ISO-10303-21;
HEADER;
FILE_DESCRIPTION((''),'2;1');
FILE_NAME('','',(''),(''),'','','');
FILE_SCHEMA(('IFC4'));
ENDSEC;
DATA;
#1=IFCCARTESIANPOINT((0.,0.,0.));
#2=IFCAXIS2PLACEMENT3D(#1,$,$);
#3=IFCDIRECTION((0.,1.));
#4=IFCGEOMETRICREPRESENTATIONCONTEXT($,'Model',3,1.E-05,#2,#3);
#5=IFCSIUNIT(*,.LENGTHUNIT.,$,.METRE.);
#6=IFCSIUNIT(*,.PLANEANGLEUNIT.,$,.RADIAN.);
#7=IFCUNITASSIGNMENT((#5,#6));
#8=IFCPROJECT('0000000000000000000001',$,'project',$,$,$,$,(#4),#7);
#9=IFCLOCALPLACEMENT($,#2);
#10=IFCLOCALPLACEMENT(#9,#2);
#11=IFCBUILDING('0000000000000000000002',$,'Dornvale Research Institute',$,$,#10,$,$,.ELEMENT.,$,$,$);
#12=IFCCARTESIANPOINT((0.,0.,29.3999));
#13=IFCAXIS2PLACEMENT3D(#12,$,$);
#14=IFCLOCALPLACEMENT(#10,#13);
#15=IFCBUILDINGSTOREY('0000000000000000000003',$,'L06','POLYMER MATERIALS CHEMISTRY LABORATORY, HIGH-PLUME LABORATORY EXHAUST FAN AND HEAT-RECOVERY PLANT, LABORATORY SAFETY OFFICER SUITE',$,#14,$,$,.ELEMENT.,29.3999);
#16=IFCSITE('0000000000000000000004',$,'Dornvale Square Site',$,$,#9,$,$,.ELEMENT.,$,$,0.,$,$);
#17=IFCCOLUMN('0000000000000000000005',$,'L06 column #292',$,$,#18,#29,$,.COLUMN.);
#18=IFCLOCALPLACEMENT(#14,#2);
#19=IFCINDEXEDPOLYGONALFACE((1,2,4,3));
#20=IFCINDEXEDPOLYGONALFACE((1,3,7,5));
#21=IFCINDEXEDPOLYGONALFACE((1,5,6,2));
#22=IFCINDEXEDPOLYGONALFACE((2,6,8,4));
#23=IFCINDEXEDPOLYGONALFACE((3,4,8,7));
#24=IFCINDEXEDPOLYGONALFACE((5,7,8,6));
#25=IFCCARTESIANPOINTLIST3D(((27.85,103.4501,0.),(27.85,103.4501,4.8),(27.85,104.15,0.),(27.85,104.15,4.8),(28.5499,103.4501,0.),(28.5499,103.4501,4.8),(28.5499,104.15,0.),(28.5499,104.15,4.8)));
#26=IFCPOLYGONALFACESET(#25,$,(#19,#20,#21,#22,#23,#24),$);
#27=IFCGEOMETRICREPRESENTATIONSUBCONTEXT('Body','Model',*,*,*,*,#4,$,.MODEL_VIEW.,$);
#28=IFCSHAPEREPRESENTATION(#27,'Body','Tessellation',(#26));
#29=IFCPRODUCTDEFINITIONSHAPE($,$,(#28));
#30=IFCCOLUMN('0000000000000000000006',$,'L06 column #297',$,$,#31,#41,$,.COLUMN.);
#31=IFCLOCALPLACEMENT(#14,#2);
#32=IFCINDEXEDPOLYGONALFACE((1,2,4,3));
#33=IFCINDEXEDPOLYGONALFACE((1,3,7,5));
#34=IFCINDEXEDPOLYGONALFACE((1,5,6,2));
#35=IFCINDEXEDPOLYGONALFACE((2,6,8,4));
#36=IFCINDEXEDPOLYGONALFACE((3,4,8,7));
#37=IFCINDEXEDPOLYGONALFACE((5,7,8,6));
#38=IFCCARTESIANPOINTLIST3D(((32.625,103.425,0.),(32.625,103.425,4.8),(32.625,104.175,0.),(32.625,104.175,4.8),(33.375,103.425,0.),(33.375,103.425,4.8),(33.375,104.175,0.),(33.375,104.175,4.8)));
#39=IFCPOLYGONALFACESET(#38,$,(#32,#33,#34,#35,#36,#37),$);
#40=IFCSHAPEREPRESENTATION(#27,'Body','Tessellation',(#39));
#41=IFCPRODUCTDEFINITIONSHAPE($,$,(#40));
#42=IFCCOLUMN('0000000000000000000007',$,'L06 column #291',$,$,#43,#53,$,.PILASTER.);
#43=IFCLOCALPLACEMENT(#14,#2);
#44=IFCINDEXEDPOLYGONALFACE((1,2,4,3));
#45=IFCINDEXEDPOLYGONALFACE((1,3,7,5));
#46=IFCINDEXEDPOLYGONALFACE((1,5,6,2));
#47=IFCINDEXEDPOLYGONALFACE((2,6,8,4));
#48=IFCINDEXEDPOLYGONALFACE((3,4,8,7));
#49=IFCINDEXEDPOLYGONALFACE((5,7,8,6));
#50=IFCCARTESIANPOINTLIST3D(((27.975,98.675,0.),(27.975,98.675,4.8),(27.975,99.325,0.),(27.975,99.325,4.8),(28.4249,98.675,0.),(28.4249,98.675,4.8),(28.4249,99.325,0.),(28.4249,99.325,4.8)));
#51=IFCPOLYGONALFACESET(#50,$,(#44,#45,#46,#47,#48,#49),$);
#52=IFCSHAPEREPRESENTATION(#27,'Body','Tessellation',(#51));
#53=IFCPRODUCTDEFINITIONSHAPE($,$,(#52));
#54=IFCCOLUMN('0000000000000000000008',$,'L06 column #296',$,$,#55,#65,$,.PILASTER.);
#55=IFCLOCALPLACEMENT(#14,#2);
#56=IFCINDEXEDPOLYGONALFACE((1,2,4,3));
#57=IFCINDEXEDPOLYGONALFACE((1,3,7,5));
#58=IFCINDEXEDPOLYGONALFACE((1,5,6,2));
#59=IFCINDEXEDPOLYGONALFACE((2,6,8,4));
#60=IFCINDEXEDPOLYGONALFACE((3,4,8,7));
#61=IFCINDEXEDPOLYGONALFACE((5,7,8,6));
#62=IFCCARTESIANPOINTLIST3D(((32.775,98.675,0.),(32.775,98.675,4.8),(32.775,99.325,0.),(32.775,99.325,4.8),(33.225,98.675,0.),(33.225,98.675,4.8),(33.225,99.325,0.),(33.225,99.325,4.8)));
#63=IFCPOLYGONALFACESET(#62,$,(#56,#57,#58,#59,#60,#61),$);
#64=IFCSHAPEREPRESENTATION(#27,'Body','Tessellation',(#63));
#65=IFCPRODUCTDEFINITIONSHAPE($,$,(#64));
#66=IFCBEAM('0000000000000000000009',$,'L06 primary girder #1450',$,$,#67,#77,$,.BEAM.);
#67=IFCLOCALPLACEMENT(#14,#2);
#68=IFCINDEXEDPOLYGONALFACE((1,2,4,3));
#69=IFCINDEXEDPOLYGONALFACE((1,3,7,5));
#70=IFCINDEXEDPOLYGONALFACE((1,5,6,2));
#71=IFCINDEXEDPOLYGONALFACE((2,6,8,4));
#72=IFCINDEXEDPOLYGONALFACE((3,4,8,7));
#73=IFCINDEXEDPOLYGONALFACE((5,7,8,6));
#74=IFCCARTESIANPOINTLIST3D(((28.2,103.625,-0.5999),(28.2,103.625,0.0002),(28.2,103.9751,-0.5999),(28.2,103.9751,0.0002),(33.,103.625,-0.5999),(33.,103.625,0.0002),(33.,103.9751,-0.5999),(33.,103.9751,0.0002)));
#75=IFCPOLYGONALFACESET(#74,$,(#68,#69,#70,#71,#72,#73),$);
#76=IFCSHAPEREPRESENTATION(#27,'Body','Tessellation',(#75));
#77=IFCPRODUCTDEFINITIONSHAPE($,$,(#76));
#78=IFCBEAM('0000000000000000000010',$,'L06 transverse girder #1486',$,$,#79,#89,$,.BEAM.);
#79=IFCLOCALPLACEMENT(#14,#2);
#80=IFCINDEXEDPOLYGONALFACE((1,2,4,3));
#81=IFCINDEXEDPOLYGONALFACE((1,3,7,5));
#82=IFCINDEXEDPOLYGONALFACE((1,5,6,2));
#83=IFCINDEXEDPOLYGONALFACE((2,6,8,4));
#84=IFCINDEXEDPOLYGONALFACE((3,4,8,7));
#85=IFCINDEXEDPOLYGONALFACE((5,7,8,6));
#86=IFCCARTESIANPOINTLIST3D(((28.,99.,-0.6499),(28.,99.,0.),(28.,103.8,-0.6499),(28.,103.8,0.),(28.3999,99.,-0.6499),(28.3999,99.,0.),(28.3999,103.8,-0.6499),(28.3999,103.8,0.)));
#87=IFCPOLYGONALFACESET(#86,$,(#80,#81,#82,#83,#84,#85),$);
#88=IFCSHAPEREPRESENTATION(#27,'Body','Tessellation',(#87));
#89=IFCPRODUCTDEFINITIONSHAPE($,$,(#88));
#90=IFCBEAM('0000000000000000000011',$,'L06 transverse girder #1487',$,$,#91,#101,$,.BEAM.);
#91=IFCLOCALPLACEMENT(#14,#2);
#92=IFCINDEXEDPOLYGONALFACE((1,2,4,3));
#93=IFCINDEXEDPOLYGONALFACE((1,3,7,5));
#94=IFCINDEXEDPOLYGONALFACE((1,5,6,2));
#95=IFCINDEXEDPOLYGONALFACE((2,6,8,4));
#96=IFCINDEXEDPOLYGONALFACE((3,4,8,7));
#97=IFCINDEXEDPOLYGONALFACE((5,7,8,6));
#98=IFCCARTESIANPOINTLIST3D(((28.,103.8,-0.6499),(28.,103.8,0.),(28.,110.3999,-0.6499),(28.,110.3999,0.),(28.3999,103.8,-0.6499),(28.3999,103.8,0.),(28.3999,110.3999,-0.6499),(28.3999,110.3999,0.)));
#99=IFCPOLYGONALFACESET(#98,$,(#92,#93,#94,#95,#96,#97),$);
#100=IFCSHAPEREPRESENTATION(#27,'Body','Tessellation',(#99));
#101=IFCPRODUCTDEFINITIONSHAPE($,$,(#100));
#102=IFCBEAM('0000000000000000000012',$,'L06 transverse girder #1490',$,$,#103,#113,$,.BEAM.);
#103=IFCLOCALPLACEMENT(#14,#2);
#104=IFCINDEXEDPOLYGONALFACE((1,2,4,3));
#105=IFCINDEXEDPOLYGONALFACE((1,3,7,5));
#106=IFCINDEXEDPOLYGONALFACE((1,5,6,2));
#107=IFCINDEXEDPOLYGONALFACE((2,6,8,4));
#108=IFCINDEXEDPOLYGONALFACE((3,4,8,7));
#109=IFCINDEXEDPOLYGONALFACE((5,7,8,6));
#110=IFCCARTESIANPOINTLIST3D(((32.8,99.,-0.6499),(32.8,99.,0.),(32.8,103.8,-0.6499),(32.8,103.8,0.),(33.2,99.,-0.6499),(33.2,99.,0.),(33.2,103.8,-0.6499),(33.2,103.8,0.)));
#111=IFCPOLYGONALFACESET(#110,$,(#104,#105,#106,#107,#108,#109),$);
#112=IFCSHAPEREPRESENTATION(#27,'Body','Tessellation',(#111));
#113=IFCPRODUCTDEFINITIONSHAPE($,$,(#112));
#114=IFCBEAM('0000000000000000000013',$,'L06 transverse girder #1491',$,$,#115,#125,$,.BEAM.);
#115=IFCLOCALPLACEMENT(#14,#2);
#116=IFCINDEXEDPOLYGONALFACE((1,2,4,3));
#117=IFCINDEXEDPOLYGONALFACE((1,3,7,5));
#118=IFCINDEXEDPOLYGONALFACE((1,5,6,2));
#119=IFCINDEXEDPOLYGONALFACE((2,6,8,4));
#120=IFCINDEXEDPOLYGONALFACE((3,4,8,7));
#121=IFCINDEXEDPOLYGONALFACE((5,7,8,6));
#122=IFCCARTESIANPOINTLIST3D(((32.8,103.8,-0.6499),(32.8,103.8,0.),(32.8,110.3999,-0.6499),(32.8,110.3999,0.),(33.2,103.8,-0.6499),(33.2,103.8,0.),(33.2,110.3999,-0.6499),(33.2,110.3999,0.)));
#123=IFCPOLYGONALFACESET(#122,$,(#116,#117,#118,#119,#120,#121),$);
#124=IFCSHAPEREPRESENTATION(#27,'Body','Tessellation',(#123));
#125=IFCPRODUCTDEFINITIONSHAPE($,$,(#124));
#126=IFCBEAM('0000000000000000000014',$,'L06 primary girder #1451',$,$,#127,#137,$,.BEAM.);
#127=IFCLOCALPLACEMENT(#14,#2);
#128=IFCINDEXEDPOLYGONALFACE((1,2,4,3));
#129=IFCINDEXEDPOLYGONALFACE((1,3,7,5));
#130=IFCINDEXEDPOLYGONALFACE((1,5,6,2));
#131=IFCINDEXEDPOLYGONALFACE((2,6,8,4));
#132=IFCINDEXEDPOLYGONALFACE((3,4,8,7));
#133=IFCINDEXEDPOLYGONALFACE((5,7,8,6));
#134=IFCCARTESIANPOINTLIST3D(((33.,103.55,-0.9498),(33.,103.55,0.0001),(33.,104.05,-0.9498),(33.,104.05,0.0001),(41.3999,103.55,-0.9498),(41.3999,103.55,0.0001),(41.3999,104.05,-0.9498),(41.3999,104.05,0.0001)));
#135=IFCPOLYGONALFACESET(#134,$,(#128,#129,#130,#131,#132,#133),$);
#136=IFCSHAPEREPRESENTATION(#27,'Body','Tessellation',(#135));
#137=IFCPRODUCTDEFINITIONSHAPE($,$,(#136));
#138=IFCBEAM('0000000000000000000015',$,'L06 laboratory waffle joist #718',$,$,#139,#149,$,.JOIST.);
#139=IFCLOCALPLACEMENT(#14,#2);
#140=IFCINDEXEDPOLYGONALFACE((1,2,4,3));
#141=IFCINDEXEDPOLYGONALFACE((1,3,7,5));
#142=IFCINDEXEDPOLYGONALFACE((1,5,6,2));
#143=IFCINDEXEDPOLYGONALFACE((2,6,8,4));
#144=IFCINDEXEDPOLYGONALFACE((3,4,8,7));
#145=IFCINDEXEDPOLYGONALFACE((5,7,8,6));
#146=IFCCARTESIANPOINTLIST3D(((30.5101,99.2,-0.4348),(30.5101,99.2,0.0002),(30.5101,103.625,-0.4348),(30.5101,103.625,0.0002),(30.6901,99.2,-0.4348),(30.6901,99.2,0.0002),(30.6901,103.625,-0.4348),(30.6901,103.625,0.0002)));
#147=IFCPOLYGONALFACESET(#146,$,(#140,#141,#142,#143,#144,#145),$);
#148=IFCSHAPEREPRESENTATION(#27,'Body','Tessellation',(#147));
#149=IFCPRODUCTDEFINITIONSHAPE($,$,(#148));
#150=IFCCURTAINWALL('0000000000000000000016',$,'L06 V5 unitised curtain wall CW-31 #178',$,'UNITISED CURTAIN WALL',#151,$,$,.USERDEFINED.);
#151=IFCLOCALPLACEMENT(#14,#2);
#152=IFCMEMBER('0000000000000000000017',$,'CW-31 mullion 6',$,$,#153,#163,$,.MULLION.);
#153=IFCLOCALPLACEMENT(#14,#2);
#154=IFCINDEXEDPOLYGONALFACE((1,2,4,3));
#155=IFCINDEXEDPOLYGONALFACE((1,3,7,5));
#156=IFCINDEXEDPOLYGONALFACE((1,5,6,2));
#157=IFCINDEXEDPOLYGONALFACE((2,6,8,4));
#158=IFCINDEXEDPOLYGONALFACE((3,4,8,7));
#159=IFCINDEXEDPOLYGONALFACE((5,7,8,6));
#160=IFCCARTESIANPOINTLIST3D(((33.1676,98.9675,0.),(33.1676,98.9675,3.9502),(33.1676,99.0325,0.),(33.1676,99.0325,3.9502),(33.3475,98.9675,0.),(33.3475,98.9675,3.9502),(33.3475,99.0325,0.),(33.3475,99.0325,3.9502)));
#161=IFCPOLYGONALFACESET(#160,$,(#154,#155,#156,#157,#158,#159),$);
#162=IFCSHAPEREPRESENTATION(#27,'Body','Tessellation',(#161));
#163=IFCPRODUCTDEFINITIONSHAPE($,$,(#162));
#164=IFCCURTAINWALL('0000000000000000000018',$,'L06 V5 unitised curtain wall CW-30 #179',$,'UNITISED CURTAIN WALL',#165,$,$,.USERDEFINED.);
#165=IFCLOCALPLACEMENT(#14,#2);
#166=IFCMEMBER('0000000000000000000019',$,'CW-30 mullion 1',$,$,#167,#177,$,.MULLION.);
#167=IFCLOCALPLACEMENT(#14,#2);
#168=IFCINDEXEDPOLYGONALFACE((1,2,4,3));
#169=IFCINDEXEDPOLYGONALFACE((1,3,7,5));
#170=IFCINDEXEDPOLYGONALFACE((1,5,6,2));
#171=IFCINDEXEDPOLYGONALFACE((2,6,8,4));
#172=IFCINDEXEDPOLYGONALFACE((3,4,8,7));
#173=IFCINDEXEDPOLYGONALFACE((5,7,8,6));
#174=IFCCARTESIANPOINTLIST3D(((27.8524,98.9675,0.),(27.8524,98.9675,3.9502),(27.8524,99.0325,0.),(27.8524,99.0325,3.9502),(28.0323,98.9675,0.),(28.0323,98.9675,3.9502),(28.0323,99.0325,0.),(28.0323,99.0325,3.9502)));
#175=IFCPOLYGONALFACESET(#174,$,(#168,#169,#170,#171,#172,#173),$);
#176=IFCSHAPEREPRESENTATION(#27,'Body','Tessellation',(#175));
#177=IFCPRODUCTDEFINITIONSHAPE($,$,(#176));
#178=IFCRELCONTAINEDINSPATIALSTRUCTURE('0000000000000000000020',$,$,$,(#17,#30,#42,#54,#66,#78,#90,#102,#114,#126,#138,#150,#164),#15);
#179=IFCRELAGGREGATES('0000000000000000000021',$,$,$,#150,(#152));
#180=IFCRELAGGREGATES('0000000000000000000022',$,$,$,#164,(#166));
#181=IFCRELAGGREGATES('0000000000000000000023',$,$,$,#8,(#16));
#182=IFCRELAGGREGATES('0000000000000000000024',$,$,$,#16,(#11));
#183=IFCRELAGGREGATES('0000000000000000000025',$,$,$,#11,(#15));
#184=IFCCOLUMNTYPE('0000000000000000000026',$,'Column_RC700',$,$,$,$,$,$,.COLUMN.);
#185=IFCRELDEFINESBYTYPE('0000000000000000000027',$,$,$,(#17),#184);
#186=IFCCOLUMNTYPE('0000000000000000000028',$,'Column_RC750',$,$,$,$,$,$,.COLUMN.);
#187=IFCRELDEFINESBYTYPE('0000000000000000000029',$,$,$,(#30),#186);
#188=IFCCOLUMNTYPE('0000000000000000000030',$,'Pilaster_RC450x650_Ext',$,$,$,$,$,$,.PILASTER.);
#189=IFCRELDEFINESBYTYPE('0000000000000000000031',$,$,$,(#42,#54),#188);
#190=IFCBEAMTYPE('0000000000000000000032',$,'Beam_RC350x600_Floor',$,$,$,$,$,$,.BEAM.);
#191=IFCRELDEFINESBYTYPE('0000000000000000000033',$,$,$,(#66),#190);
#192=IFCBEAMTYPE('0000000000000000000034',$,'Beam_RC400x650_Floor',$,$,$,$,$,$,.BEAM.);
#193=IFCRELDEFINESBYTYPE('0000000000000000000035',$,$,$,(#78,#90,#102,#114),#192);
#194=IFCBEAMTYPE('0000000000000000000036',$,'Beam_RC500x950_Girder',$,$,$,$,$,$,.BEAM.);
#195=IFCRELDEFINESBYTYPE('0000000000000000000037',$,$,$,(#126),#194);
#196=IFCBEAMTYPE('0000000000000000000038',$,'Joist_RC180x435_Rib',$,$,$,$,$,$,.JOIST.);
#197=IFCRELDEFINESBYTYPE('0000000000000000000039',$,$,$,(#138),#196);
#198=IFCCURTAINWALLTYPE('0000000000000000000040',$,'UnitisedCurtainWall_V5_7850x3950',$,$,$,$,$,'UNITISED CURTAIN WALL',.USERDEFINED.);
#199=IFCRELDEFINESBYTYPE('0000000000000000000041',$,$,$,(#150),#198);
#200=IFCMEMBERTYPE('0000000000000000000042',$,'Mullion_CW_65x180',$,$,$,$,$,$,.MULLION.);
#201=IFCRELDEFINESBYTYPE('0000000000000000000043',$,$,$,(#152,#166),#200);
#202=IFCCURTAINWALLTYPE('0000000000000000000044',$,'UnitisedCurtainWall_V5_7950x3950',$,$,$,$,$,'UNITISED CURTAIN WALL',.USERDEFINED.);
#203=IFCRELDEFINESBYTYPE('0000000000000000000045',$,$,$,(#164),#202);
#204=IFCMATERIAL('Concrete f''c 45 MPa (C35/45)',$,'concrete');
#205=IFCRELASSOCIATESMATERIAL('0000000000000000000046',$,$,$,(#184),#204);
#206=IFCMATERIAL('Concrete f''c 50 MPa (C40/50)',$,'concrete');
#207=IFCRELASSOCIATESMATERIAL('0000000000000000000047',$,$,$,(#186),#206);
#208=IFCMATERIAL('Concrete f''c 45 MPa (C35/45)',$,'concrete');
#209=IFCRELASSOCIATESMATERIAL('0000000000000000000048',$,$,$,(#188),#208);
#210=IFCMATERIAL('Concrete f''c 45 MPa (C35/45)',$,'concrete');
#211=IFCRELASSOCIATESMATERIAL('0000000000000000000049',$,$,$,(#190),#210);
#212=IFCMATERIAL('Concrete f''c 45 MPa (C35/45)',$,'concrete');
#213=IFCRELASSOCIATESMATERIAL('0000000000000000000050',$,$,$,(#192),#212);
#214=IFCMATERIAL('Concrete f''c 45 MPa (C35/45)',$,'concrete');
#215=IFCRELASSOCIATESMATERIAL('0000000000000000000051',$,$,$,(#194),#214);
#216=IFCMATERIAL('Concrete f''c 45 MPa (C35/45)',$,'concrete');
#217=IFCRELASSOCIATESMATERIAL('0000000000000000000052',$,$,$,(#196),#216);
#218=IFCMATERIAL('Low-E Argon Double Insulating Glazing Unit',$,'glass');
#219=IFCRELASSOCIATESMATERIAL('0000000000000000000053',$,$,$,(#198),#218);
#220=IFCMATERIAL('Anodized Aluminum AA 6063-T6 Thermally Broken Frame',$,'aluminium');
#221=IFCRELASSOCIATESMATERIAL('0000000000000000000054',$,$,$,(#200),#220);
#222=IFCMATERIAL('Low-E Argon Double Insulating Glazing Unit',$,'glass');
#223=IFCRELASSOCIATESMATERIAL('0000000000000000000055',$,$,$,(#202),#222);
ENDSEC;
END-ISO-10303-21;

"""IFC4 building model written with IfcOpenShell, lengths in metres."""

from ifc_helpers import new_model, si_unit, direction, frame, origin, origin_2d, place, context, subcontext, project, spatial, rectangle, extrude, material, material_profile, profile_set, type_object, element, aggregate, save


model = new_model("IFC4")

# Units and contexts
model_context = context("Model", 3, precision=1e-05, world=origin(), true_north=direction((0.0, 1.0)))
body_context = subcontext(model_context, "Body", "Model", "MODEL_VIEW")
ifc_project = project(units=[si_unit("LENGTHUNIT", "METRE"), si_unit("PLANEANGLEUNIT", "RADIAN")], contexts=[model_context])

# Site, building, storey
site_placement = place(None, origin())
site = spatial("IfcSite", under=ifc_project, at=site_placement, Name="Dornvale Square Site", CompositionType="ELEMENT", RefElevation=0.0)
building_placement = place(site_placement, origin())
building = spatial("IfcBuilding", under=site, at=building_placement, Name="Dornvale Research Institute", CompositionType="ELEMENT")
storey_placement = place(building_placement, frame((0.0, 0.0, 29.3999)))
storey = spatial("IfcBuildingStorey", under=building, at=storey_placement, Name="L06", Description="POLYMER MATERIALS CHEMISTRY LABORATORY, HIGH-PLUME LABORATORY EXHAUST FAN AND HEAT-RECOVERY PLANT, LABORATORY SAFETY OFFICER SUITE", CompositionType="ELEMENT", Elevation=29.3999)

# Columns
ifc_material_1 = material(Name="Concrete f'c 45 MPa (C35/45)", Category="concrete")
ifc_material_profile_1 = material_profile(ifc_material_1, rectangle(XDim=0.7, YDim=0.7, at=origin_2d()), Name="RC 700x700")
ifc_profile_set_1 = profile_set([ifc_material_profile_1], Name="Concrete f'c 45 MPa (C35/45)")
column_type_1 = type_object("IfcColumnType", Name="Column_RC700", PredefinedType="COLUMN", material=ifc_profile_set_1)
column_1_placement = place(storey_placement, frame((28.2, 103.8, 0.0), z_axis=(0.0, 0.0, 1.0), x_axis=(1.0, 0.0, 0.0)))
element("IfcColumn", 1, at=column_1_placement, inside=storey, type_object=column_type_1, Name="L06 column #292", PredefinedType="COLUMN", context=body_context, shape_type="SweptSolid", body=[
    extrude(rectangle(XDim=0.7, YDim=0.7, at=origin_2d()), origin(), (0.0, 0.0, 1.0), 4.8),
])
ifc_material_2 = material(Name="Concrete f'c 50 MPa (C40/50)", Category="concrete")
ifc_material_profile_2 = material_profile(ifc_material_2, rectangle(XDim=0.75, YDim=0.75, at=origin_2d()), Name="RC 750x750")
ifc_profile_set_2 = profile_set([ifc_material_profile_2], Name="Concrete f'c 50 MPa (C40/50)")
column_type_2 = type_object("IfcColumnType", Name="Column_RC750", PredefinedType="COLUMN", material=ifc_profile_set_2)
column_2_placement = place(storey_placement, frame((33.0, 103.8, 0.0), z_axis=(0.0, 0.0, 1.0), x_axis=(1.0, 0.0, 0.0)))
element("IfcColumn", 2, at=column_2_placement, inside=storey, type_object=column_type_2, Name="L06 column #297", PredefinedType="COLUMN", context=body_context, shape_type="SweptSolid", body=[
    extrude(rectangle(XDim=0.75, YDim=0.75, at=origin_2d()), origin(), (0.0, 0.0, 1.0), 4.8),
])
ifc_material_3 = material(Name="Concrete f'c 45 MPa (C35/45)", Category="concrete")
ifc_material_profile_3 = material_profile(ifc_material_3, rectangle(XDim=0.45, YDim=0.6499, at=origin_2d()), Name="RC 450x650")
ifc_profile_set_3 = profile_set([ifc_material_profile_3], Name="Concrete f'c 45 MPa (C35/45)")
column_type_3 = type_object("IfcColumnType", Name="Pilaster_RC450x650_Ext", PredefinedType="PILASTER", material=ifc_profile_set_3)
for number, where, z_axis, x_axis, name in (
    (3, (28.2, 99.0, 0.0), (0.0, 0.0, 1.0), (1.0, 0.0, 0.0), "L06 column #291"),
    (4, (33.0, 99.0, 0.0), (0.0, 0.0, 1.0), (1.0, 0.0, 0.0), "L06 column #296"),
):
    element("IfcColumn", number, at=place(storey_placement, frame(where, z_axis=z_axis, x_axis=x_axis)), inside=storey, type_object=column_type_3, Name=name, PredefinedType="PILASTER", context=body_context, shape_type="SweptSolid", body=[
        extrude(rectangle(XDim=0.45, YDim=0.6499, at=origin_2d()), origin(), (0.0, 0.0, 1.0), 4.8),
    ])

# Beams
ifc_material_4 = material(Name="Concrete f'c 45 MPa (C35/45)", Category="concrete")
ifc_material_profile_4 = material_profile(ifc_material_4, rectangle(XDim=0.3501, YDim=0.6001, at=origin_2d()), Name="RC 350x600")
ifc_profile_set_4 = profile_set([ifc_material_profile_4], Name="Concrete f'c 45 MPa (C35/45)")
beam_type_1 = type_object("IfcBeamType", Name="Beam_RC350x600_Floor", PredefinedType="BEAM", material=ifc_profile_set_4)
beam_1_placement = place(storey_placement, frame((28.2, 103.8, -0.2998), z_axis=(1.0, 0.0, 0.0), x_axis=(0.0, 1.0, 0.0)))
element("IfcBeam", 5, at=beam_1_placement, inside=storey, type_object=beam_type_1, Name="L06 primary girder #1450", PredefinedType="BEAM", context=body_context, shape_type="SweptSolid", body=[
    extrude(rectangle(XDim=0.3501, YDim=0.6001, at=origin_2d()), origin(), (0.0, 0.0, 1.0), 4.8),
])
ifc_material_5 = material(Name="Concrete f'c 45 MPa (C35/45)", Category="concrete")
ifc_material_profile_5 = material_profile(ifc_material_5, rectangle(XDim=0.3999, YDim=0.6499, at=origin_2d()), Name="RC 400x650")
ifc_profile_set_5 = profile_set([ifc_material_profile_5], Name="Concrete f'c 45 MPa (C35/45)")
beam_type_2 = type_object("IfcBeamType", Name="Beam_RC400x650_Floor", PredefinedType="BEAM", material=ifc_profile_set_5)
beam_2_placement = place(storey_placement, frame((28.2, 99.0, -0.325), z_axis=(0.0, 1.0, 0.0), x_axis=(-1.0, 0.0, 0.0)))
element("IfcBeam", 6, at=beam_2_placement, inside=storey, type_object=beam_type_2, Name="L06 transverse girder #1486", PredefinedType="BEAM", context=body_context, shape_type="SweptSolid", body=[
    extrude(rectangle(XDim=0.3999, YDim=0.6499, at=origin_2d()), origin(), (0.0, 0.0, 1.0), 4.8),
])
beam_3_placement = place(storey_placement, frame((28.2, 103.8, -0.325), z_axis=(0.0, 1.0, 0.0), x_axis=(-1.0, 0.0, 0.0)))
element("IfcBeam", 7, at=beam_3_placement, inside=storey, type_object=beam_type_2, Name="L06 transverse girder #1487", PredefinedType="BEAM", context=body_context, shape_type="SweptSolid", body=[
    extrude(rectangle(XDim=0.3999, YDim=0.6499, at=origin_2d()), origin(), (0.0, 0.0, 1.0), 6.5999),
])
beam_4_placement = place(storey_placement, frame((33.0, 99.0, -0.325), z_axis=(0.0, 1.0, 0.0), x_axis=(-1.0, 0.0, 0.0)))
element("IfcBeam", 8, at=beam_4_placement, inside=storey, type_object=beam_type_2, Name="L06 transverse girder #1490", PredefinedType="BEAM", context=body_context, shape_type="SweptSolid", body=[
    extrude(rectangle(XDim=0.3999, YDim=0.6499, at=origin_2d()), origin(), (0.0, 0.0, 1.0), 4.8),
])
beam_5_placement = place(storey_placement, frame((33.0, 103.8, -0.325), z_axis=(0.0, 1.0, 0.0), x_axis=(-1.0, 0.0, 0.0)))
element("IfcBeam", 9, at=beam_5_placement, inside=storey, type_object=beam_type_2, Name="L06 transverse girder #1491", PredefinedType="BEAM", context=body_context, shape_type="SweptSolid", body=[
    extrude(rectangle(XDim=0.3999, YDim=0.6499, at=origin_2d()), origin(), (0.0, 0.0, 1.0), 6.5999),
])
ifc_material_6 = material(Name="Concrete f'c 45 MPa (C35/45)", Category="concrete")
ifc_material_profile_6 = material_profile(ifc_material_6, rectangle(XDim=0.5, YDim=0.95, at=origin_2d()), Name="RC 500x950")
ifc_profile_set_6 = profile_set([ifc_material_profile_6], Name="Concrete f'c 45 MPa (C35/45)")
beam_type_3 = type_object("IfcBeamType", Name="Beam_RC500x950_Girder", PredefinedType="BEAM", material=ifc_profile_set_6)
beam_6_placement = place(storey_placement, frame((33.0, 103.8, -0.4749), z_axis=(1.0, 0.0, 0.0), x_axis=(0.0, 1.0, 0.0)))
element("IfcBeam", 10, at=beam_6_placement, inside=storey, type_object=beam_type_3, Name="L06 primary girder #1451", PredefinedType="BEAM", context=body_context, shape_type="SweptSolid", body=[
    extrude(rectangle(XDim=0.5, YDim=0.95, at=origin_2d()), origin(), (0.0, 0.0, 1.0), 8.3999),
])
ifc_material_7 = material(Name="Concrete f'c 45 MPa (C35/45)", Category="concrete")
ifc_material_profile_7 = material_profile(ifc_material_7, rectangle(XDim=0.1799, YDim=0.4351, at=origin_2d()), Name="RC 180x435")
ifc_profile_set_7 = profile_set([ifc_material_profile_7], Name="Concrete f'c 45 MPa (C35/45)")
beam_type_4 = type_object("IfcBeamType", Name="Joist_RC180x435_Rib", PredefinedType="JOIST", material=ifc_profile_set_7)
beam_7_placement = place(storey_placement, frame((30.6001, 99.2, -0.2173), z_axis=(0.0, 1.0, 0.0), x_axis=(-1.0, 0.0, 0.0)))
element("IfcBeam", 11, at=beam_7_placement, inside=storey, type_object=beam_type_4, Name="L06 laboratory waffle joist #718", PredefinedType="JOIST", context=body_context, shape_type="SweptSolid", body=[
    extrude(rectangle(XDim=0.1799, YDim=0.4351, at=origin_2d()), origin(), (0.0, 0.0, 1.0), 4.425),
])

# Curtain walls, members
ifc_material_8 = material(Name="Low-E Argon Double Insulating Glazing Unit", Category="glass")
curtain_wall_type_1 = type_object("IfcCurtainWallType", Name="UnitisedCurtainWall_V5_7850x3950", ElementType="UNITISED CURTAIN WALL", PredefinedType="USERDEFINED", material=ifc_material_8)
curtain_wall_1_placement = place(storey_placement, origin())
curtain_wall_1 = element("IfcCurtainWall", 12, at=curtain_wall_1_placement, inside=storey, type_object=curtain_wall_type_1, Name="L06 V5 unitised curtain wall CW-31 #178", ObjectType="UNITISED CURTAIN WALL", PredefinedType="USERDEFINED")
ifc_material_9 = material(Name="Anodized Aluminum AA 6063-T6 Thermally Broken Frame", Category="aluminium")
ifc_material_profile_8 = material_profile(ifc_material_9, rectangle(XDim=0.0649, YDim=0.1799, at=origin_2d()), Name="ALU MULLION 65x180")
ifc_profile_set_8 = profile_set([ifc_material_profile_8], Name="Anodized Aluminum AA 6063-T6 Thermally Broken Frame")
member_type_1 = type_object("IfcMemberType", Name="Mullion_CW_65x180", PredefinedType="MULLION", material=ifc_profile_set_8)
member_1_placement = place(storey_placement, frame((33.2576, 99.0, 0.0), z_axis=(0.0, 0.0, 1.0), x_axis=(0.0, -1.0, 0.0)))
member_1 = element("IfcMember", 13, at=member_1_placement, type_object=member_type_1, Name="CW-31 mullion 6", PredefinedType="MULLION", context=body_context, shape_type="SweptSolid", body=[
    extrude(rectangle(XDim=0.0649, YDim=0.1799, at=origin_2d()), origin(), (0.0, 0.0, 1.0), 3.9502),
])
aggregate(curtain_wall_1, [member_1])
ifc_material_10 = material(Name="Low-E Argon Double Insulating Glazing Unit", Category="glass")
curtain_wall_type_2 = type_object("IfcCurtainWallType", Name="UnitisedCurtainWall_V5_7950x3950", ElementType="UNITISED CURTAIN WALL", PredefinedType="USERDEFINED", material=ifc_material_10)
curtain_wall_2_placement = place(storey_placement, origin())
curtain_wall_2 = element("IfcCurtainWall", 14, at=curtain_wall_2_placement, inside=storey, type_object=curtain_wall_type_2, Name="L06 V5 unitised curtain wall CW-30 #179", ObjectType="UNITISED CURTAIN WALL", PredefinedType="USERDEFINED")
member_2_placement = place(storey_placement, frame((27.9424, 99.0, 0.0), z_axis=(0.0, 0.0, 1.0), x_axis=(0.0, -1.0, 0.0)))
member_2 = element("IfcMember", 15, at=member_2_placement, type_object=member_type_1, Name="CW-30 mullion 1", PredefinedType="MULLION", context=body_context, shape_type="SweptSolid", body=[
    extrude(rectangle(XDim=0.0649, YDim=0.1799, at=origin_2d()), origin(), (0.0, 0.0, 1.0), 3.9502),
])

aggregate(curtain_wall_2, [member_2])

save(model, "model.ifc")
